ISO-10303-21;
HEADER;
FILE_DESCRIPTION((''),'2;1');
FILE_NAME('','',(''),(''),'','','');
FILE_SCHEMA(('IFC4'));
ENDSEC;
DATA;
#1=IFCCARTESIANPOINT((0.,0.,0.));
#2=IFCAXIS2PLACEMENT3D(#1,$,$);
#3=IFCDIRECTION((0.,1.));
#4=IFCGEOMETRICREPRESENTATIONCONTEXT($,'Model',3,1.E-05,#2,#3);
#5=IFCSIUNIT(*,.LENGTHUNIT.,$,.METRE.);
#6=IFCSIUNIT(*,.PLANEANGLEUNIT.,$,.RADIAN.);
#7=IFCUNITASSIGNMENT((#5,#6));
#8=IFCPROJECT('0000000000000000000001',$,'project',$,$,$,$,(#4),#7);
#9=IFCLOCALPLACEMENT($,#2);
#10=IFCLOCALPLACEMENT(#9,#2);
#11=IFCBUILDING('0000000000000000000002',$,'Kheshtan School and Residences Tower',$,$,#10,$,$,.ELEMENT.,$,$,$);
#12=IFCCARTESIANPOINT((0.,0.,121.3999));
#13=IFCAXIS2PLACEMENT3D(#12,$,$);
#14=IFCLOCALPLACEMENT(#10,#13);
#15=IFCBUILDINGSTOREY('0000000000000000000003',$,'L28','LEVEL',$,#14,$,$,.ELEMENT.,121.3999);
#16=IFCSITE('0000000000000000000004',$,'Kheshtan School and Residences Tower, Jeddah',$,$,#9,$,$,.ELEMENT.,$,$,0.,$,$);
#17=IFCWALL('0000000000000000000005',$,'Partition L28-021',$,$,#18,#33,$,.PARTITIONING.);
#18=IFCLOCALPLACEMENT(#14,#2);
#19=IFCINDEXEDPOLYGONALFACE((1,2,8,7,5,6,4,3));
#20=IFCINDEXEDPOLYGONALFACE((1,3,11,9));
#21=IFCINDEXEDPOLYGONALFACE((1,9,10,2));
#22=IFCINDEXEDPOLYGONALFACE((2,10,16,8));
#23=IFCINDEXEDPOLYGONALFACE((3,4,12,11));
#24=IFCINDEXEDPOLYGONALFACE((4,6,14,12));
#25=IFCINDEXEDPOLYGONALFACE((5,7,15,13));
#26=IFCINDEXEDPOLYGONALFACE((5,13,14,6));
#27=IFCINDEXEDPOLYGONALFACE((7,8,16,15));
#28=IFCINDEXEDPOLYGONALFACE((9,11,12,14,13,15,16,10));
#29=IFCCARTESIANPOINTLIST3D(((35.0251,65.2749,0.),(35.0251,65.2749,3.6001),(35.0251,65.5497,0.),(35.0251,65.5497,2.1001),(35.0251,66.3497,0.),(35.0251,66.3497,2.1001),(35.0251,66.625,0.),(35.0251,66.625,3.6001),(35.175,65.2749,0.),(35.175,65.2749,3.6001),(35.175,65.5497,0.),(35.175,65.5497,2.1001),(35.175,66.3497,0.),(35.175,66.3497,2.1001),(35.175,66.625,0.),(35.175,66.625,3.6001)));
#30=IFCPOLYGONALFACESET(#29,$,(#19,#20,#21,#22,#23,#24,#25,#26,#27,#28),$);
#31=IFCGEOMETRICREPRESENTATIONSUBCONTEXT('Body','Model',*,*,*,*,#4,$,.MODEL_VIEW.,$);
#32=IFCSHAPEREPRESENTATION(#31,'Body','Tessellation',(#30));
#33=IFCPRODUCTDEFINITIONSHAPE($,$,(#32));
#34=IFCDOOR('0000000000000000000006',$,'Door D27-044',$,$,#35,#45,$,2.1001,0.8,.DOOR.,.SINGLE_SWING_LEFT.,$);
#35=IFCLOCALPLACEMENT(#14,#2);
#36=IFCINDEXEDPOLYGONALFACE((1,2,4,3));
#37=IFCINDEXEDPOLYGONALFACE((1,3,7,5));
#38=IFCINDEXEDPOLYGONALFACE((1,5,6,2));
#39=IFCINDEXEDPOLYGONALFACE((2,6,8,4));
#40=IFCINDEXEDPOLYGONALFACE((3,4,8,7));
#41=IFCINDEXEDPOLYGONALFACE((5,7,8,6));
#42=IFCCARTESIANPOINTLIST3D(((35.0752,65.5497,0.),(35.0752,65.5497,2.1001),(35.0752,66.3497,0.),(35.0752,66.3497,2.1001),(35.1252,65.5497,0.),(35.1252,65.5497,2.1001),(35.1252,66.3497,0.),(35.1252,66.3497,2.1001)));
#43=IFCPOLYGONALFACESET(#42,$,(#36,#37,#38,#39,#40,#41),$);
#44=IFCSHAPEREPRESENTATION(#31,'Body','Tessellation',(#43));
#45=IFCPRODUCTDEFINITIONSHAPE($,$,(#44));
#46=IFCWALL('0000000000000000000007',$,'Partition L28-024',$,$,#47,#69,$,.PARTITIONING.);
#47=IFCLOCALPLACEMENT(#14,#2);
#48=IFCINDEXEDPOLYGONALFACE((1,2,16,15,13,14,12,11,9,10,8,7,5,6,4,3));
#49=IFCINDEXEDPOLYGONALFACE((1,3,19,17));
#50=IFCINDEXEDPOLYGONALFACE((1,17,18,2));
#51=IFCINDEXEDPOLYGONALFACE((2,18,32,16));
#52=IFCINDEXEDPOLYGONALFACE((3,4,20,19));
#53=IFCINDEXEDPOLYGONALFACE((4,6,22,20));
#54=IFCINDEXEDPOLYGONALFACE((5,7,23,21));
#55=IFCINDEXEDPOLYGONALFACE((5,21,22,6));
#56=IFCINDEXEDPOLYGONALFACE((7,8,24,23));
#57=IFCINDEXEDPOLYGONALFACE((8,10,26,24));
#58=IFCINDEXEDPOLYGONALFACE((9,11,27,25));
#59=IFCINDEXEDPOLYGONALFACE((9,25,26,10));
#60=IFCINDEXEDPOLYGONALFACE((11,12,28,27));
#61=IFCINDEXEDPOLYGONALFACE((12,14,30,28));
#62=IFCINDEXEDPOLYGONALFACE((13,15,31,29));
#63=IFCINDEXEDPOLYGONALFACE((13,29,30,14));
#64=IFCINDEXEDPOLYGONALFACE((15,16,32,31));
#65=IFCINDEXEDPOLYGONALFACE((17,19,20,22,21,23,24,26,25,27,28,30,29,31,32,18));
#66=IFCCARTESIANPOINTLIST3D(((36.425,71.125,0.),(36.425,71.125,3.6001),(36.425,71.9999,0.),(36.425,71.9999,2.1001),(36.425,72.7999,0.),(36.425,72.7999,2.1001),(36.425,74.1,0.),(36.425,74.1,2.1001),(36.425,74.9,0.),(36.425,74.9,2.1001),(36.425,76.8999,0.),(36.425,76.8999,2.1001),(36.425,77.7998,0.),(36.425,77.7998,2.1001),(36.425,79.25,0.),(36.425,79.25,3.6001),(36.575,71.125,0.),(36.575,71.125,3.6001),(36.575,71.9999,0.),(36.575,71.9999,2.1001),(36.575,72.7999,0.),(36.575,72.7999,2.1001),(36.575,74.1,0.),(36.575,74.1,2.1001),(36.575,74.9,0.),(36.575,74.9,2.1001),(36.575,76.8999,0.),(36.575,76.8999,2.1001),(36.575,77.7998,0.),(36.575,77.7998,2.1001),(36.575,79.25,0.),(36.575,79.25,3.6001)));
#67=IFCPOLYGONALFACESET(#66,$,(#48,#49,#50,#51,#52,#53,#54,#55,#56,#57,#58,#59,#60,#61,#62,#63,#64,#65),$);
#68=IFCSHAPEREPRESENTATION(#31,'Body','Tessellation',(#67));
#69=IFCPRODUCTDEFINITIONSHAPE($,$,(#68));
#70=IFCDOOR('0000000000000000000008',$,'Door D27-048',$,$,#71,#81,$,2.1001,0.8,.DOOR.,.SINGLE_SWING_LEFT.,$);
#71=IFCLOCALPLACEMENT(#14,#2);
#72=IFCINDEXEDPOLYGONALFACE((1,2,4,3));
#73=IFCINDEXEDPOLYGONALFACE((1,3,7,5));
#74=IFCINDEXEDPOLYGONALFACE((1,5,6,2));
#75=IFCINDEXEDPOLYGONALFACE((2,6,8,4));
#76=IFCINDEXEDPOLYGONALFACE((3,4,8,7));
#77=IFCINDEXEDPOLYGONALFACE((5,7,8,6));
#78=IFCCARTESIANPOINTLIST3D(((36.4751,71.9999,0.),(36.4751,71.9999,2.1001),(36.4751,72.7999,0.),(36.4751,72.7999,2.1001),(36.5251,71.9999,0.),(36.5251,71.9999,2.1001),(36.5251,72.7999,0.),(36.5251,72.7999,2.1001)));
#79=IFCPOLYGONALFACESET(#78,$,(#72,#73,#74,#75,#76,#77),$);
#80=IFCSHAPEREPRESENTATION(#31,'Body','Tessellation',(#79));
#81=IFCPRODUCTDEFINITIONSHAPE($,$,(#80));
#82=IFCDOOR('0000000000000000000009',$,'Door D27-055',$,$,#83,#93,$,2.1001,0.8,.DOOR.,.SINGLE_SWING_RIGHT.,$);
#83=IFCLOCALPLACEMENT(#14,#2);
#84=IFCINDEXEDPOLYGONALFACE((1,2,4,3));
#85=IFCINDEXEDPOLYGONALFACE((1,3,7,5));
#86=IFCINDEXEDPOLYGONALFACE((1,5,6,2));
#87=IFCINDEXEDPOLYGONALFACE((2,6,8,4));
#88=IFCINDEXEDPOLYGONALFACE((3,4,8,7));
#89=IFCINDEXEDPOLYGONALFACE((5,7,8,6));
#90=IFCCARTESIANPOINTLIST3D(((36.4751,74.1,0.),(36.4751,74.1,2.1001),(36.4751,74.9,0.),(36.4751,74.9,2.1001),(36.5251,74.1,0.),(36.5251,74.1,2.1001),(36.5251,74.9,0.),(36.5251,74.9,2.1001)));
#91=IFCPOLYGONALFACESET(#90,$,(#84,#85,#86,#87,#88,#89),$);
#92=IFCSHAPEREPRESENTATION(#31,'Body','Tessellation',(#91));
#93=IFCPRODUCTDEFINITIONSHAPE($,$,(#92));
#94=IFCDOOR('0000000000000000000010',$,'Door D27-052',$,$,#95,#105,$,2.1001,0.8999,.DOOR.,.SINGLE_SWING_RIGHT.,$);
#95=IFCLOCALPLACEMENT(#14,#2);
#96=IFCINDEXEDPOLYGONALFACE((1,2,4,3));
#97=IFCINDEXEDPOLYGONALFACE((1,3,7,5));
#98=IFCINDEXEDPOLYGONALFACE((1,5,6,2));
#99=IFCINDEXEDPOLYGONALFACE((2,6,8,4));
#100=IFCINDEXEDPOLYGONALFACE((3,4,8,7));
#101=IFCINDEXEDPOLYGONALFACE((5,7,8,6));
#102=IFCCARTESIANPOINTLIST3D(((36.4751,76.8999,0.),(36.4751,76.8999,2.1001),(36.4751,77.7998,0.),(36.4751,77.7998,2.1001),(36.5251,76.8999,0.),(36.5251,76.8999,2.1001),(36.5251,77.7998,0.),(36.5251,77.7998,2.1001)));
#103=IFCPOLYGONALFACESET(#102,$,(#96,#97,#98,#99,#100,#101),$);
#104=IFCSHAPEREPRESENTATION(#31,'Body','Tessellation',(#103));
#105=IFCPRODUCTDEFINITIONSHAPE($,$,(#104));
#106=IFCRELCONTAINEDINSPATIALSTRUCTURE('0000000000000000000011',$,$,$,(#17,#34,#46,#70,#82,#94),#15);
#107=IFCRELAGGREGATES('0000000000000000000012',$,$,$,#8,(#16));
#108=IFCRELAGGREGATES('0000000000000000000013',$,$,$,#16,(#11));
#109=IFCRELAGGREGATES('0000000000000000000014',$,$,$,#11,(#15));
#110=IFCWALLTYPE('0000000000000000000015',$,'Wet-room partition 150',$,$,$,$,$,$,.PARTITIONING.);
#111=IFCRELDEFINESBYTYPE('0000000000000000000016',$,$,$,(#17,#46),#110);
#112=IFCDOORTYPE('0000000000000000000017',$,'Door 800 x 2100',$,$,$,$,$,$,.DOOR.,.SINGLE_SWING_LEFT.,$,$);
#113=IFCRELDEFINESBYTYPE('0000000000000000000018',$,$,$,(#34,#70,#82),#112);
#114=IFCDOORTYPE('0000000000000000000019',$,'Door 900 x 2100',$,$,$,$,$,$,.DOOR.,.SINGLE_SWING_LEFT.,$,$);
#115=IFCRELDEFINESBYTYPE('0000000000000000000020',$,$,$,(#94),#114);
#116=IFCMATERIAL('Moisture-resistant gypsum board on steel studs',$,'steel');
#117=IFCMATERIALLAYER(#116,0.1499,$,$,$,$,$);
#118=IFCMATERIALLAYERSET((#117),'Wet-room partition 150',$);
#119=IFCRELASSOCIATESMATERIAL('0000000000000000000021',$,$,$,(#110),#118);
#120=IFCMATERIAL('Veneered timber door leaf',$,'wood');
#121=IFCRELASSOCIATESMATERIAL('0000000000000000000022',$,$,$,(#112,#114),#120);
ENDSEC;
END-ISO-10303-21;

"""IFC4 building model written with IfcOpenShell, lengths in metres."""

from ifc_helpers import new_model, si_unit, direction, frame, frame_2d, origin, place, context, subcontext, project, spatial, rectangle, extrude, source, transform, mapped, material, layer, layer_set, type_object, element, fill, save


model = new_model("IFC4")

# Units and contexts
model_context = context("Model", 3, precision=1e-05, world=origin(), true_north=direction((0.0, 1.0)))
body_context = subcontext(model_context, "Body", "Model", "MODEL_VIEW")
ifc_project = project(units=[si_unit("LENGTHUNIT", "METRE"), si_unit("PLANEANGLEUNIT", "RADIAN")], contexts=[model_context])

# Site, building, storey
site_placement = place(None, origin())
site = spatial("IfcSite", under=ifc_project, at=site_placement, Name="Kheshtan School and Residences Tower, Jeddah", CompositionType="ELEMENT", RefElevation=0.0)
building_placement = place(site_placement, origin())
building = spatial("IfcBuilding", under=site, at=building_placement, Name="Kheshtan School and Residences Tower", CompositionType="ELEMENT")
storey_placement = place(building_placement, frame((0.0, 0.0, 121.3999)))
storey = spatial("IfcBuildingStorey", under=building, at=storey_placement, Name="L28", Description="LEVEL", CompositionType="ELEMENT", Elevation=121.3999)

# Shared definitions
ifc_material_1 = material(Name="Moisture-resistant gypsum board on steel studs", Category="steel")
ifc_layer_1 = layer(ifc_material_1, 0.1499)
ifc_layer_set_1 = layer_set([ifc_layer_1], Name="Wet-room partition 150")
wall_type_1 = type_object("IfcWallType", Name="Wet-room partition 150", PredefinedType="PARTITIONING", material=ifc_layer_set_1)

# Wall, opening, door
wall_1_placement = place(storey_placement, frame((35.1001, 65.2749, 0.0), z_axis=(0.0, 0.0, 1.0), x_axis=(0.0, 1.0, 0.0)))
wall_1 = element("IfcWall", 1, at=wall_1_placement, inside=storey, type_object=wall_type_1, Name="Partition L28-021", PredefinedType="PARTITIONING", context=body_context, shape_type="SweptSolid", body=[
    extrude(rectangle(XDim=1.3501, YDim=0.1499, at=frame_2d((0.675, 0.0))), origin(), (0.0, 0.0, 1.0), 3.6001),
])
opening_1_placement = place(wall_1_placement, frame((0.2749, 0.0, 0.0)))
opening_1 = element("IfcOpeningElement", 2, at=opening_1_placement, cuts=wall_1, PredefinedType="OPENING", context=body_context, shape_type="SweptSolid", body=[
    extrude(rectangle(XDim=0.8, YDim=2.1001, at=frame_2d((0.3999, 1.05))), frame((0.0, 0.085, 0.0), z_axis=(0.0, -1.0, 0.0), x_axis=(1.0, 0.0, 0.0)), (0.0, 0.0, 1.0), 0.1699),
])
ifc_material_2 = material(Name="Veneered timber door leaf", Category="wood")
door_type_1 = type_object("IfcDoorType", Name="Door 800 x 2100", OperationType="SINGLE_SWING_LEFT", PredefinedType="DOOR", material=ifc_material_2)
shared_shape_1 = source(origin(), body_context, "Body", "SweptSolid", [
    extrude(rectangle(XDim=0.8, YDim=2.1001, at=frame_2d((0.3999, 1.05))), frame((0.0, 0.0249, 0.0), z_axis=(0.0, -1.0, 0.0), x_axis=(1.0, 0.0, 0.0)), (0.0, 0.0, 1.0), 0.05),
])
door_1_placement = place(opening_1_placement, origin())
door_1 = element("IfcDoor", 3, at=door_1_placement, inside=storey, type_object=door_type_1, Name="Door D27-044", OperationType="SINGLE_SWING_LEFT", OverallHeight=2.1001, OverallWidth=0.8, PredefinedType="DOOR", context=body_context, shape_type="MappedRepresentation", body=[
    mapped(shared_shape_1, transform((0.0, 0.0, 0.0), x_axis=(1.0, 0.0, 0.0), y_axis=(0.0, 1.0, 0.0), z_axis=(0.0, 0.0, 1.0), scale=1.0)),
])
fill(opening_1, door_1)

# Wall, openings, doors
wall_2_placement = place(storey_placement, frame((36.5, 71.125, 0.0), z_axis=(0.0, 0.0, 1.0), x_axis=(0.0, 1.0, 0.0)))
wall_2 = element("IfcWall", 4, at=wall_2_placement, inside=storey, type_object=wall_type_1, Name="Partition L28-024", PredefinedType="PARTITIONING", context=body_context, shape_type="SweptSolid", body=[
    extrude(rectangle(XDim=8.125, YDim=0.1499, at=frame_2d((4.0625, 0.0))), origin(), (0.0, 0.0, 1.0), 3.6001),
])
opening_2_placement = place(wall_2_placement, frame((0.875, 0.0, 0.0)))
opening_2 = element("IfcOpeningElement", 5, at=opening_2_placement, cuts=wall_2, PredefinedType="OPENING", context=body_context, shape_type="SweptSolid", body=[
    extrude(rectangle(XDim=0.8, YDim=2.1001, at=frame_2d((0.3999, 1.05))), frame((0.0, 0.085, 0.0), z_axis=(0.0, -1.0, 0.0), x_axis=(1.0, 0.0, 0.0)), (0.0, 0.0, 1.0), 0.1699),
])
opening_3_placement = place(wall_2_placement, frame((5.7749, 0.0, 0.0)))
opening_3 = element("IfcOpeningElement", 6, at=opening_3_placement, cuts=wall_2, PredefinedType="OPENING", context=body_context, shape_type="SweptSolid", body=[
    extrude(rectangle(XDim=0.8999, YDim=2.1001, at=frame_2d((0.45, 1.05))), frame((0.0, 0.085, 0.0), z_axis=(0.0, -1.0, 0.0), x_axis=(1.0, 0.0, 0.0)), (0.0, 0.0, 1.0), 0.1699),
])
opening_4_placement = place(wall_2_placement, frame((2.9751, 0.0, 0.0)))
opening_4 = element("IfcOpeningElement", 7, at=opening_4_placement, cuts=wall_2, PredefinedType="OPENING", context=body_context, shape_type="SweptSolid", body=[
    extrude(rectangle(XDim=0.8, YDim=2.1001, at=frame_2d((0.3999, 1.05))), frame((0.0, 0.085, 0.0), z_axis=(0.0, -1.0, 0.0), x_axis=(1.0, 0.0, 0.0)), (0.0, 0.0, 1.0), 0.1699),
])
door_2_placement = place(opening_2_placement, origin())
door_2 = element("IfcDoor", 8, at=door_2_placement, inside=storey, type_object=door_type_1, Name="Door D27-048", OperationType="SINGLE_SWING_LEFT", OverallHeight=2.1001, OverallWidth=0.8, PredefinedType="DOOR", context=body_context, shape_type="MappedRepresentation", body=[
    mapped(shared_shape_1, transform((0.0, 0.0, 0.0), x_axis=(1.0, 0.0, 0.0), y_axis=(0.0, 1.0, 0.0), z_axis=(0.0, 0.0, 1.0), scale=1.0)),
])
fill(opening_2, door_2)
door_3_placement = place(opening_4_placement, origin())
door_3 = element("IfcDoor", 9, at=door_3_placement, inside=storey, type_object=door_type_1, Name="Door D27-055", OperationType="SINGLE_SWING_RIGHT", OverallHeight=2.1001, OverallWidth=0.8, PredefinedType="DOOR", context=body_context, shape_type="MappedRepresentation", body=[
    mapped(shared_shape_1, transform((0.0, 0.0, 0.0), x_axis=(1.0, 0.0, 0.0), y_axis=(0.0, 1.0, 0.0), z_axis=(0.0, 0.0, 1.0), scale=1.0)),
])
fill(opening_4, door_3)
door_type_2 = type_object("IfcDoorType", Name="Door 900 x 2100", OperationType="SINGLE_SWING_LEFT", PredefinedType="DOOR", material=ifc_material_2)
shared_shape_2 = source(origin(), body_context, "Body", "SweptSolid", [
    extrude(rectangle(XDim=0.8999, YDim=2.1001, at=frame_2d((0.45, 1.05))), frame((0.0, 0.0249, 0.0), z_axis=(0.0, -1.0, 0.0), x_axis=(1.0, 0.0, 0.0)), (0.0, 0.0, 1.0), 0.05),
])
door_4_placement = place(opening_3_placement, origin())
door_4 = element("IfcDoor", 10, at=door_4_placement, inside=storey, type_object=door_type_2, Name="Door D27-052", OperationType="SINGLE_SWING_RIGHT", OverallHeight=2.1001, OverallWidth=0.8999, PredefinedType="DOOR", context=body_context, shape_type="MappedRepresentation", body=[
    mapped(shared_shape_2, transform((0.0, 0.0, 0.0), x_axis=(1.0, 0.0, 0.0), y_axis=(0.0, 1.0, 0.0), z_axis=(0.0, 0.0, 1.0), scale=1.0)),
])
fill(opening_3, door_4)

save(model, "model.ifc")
